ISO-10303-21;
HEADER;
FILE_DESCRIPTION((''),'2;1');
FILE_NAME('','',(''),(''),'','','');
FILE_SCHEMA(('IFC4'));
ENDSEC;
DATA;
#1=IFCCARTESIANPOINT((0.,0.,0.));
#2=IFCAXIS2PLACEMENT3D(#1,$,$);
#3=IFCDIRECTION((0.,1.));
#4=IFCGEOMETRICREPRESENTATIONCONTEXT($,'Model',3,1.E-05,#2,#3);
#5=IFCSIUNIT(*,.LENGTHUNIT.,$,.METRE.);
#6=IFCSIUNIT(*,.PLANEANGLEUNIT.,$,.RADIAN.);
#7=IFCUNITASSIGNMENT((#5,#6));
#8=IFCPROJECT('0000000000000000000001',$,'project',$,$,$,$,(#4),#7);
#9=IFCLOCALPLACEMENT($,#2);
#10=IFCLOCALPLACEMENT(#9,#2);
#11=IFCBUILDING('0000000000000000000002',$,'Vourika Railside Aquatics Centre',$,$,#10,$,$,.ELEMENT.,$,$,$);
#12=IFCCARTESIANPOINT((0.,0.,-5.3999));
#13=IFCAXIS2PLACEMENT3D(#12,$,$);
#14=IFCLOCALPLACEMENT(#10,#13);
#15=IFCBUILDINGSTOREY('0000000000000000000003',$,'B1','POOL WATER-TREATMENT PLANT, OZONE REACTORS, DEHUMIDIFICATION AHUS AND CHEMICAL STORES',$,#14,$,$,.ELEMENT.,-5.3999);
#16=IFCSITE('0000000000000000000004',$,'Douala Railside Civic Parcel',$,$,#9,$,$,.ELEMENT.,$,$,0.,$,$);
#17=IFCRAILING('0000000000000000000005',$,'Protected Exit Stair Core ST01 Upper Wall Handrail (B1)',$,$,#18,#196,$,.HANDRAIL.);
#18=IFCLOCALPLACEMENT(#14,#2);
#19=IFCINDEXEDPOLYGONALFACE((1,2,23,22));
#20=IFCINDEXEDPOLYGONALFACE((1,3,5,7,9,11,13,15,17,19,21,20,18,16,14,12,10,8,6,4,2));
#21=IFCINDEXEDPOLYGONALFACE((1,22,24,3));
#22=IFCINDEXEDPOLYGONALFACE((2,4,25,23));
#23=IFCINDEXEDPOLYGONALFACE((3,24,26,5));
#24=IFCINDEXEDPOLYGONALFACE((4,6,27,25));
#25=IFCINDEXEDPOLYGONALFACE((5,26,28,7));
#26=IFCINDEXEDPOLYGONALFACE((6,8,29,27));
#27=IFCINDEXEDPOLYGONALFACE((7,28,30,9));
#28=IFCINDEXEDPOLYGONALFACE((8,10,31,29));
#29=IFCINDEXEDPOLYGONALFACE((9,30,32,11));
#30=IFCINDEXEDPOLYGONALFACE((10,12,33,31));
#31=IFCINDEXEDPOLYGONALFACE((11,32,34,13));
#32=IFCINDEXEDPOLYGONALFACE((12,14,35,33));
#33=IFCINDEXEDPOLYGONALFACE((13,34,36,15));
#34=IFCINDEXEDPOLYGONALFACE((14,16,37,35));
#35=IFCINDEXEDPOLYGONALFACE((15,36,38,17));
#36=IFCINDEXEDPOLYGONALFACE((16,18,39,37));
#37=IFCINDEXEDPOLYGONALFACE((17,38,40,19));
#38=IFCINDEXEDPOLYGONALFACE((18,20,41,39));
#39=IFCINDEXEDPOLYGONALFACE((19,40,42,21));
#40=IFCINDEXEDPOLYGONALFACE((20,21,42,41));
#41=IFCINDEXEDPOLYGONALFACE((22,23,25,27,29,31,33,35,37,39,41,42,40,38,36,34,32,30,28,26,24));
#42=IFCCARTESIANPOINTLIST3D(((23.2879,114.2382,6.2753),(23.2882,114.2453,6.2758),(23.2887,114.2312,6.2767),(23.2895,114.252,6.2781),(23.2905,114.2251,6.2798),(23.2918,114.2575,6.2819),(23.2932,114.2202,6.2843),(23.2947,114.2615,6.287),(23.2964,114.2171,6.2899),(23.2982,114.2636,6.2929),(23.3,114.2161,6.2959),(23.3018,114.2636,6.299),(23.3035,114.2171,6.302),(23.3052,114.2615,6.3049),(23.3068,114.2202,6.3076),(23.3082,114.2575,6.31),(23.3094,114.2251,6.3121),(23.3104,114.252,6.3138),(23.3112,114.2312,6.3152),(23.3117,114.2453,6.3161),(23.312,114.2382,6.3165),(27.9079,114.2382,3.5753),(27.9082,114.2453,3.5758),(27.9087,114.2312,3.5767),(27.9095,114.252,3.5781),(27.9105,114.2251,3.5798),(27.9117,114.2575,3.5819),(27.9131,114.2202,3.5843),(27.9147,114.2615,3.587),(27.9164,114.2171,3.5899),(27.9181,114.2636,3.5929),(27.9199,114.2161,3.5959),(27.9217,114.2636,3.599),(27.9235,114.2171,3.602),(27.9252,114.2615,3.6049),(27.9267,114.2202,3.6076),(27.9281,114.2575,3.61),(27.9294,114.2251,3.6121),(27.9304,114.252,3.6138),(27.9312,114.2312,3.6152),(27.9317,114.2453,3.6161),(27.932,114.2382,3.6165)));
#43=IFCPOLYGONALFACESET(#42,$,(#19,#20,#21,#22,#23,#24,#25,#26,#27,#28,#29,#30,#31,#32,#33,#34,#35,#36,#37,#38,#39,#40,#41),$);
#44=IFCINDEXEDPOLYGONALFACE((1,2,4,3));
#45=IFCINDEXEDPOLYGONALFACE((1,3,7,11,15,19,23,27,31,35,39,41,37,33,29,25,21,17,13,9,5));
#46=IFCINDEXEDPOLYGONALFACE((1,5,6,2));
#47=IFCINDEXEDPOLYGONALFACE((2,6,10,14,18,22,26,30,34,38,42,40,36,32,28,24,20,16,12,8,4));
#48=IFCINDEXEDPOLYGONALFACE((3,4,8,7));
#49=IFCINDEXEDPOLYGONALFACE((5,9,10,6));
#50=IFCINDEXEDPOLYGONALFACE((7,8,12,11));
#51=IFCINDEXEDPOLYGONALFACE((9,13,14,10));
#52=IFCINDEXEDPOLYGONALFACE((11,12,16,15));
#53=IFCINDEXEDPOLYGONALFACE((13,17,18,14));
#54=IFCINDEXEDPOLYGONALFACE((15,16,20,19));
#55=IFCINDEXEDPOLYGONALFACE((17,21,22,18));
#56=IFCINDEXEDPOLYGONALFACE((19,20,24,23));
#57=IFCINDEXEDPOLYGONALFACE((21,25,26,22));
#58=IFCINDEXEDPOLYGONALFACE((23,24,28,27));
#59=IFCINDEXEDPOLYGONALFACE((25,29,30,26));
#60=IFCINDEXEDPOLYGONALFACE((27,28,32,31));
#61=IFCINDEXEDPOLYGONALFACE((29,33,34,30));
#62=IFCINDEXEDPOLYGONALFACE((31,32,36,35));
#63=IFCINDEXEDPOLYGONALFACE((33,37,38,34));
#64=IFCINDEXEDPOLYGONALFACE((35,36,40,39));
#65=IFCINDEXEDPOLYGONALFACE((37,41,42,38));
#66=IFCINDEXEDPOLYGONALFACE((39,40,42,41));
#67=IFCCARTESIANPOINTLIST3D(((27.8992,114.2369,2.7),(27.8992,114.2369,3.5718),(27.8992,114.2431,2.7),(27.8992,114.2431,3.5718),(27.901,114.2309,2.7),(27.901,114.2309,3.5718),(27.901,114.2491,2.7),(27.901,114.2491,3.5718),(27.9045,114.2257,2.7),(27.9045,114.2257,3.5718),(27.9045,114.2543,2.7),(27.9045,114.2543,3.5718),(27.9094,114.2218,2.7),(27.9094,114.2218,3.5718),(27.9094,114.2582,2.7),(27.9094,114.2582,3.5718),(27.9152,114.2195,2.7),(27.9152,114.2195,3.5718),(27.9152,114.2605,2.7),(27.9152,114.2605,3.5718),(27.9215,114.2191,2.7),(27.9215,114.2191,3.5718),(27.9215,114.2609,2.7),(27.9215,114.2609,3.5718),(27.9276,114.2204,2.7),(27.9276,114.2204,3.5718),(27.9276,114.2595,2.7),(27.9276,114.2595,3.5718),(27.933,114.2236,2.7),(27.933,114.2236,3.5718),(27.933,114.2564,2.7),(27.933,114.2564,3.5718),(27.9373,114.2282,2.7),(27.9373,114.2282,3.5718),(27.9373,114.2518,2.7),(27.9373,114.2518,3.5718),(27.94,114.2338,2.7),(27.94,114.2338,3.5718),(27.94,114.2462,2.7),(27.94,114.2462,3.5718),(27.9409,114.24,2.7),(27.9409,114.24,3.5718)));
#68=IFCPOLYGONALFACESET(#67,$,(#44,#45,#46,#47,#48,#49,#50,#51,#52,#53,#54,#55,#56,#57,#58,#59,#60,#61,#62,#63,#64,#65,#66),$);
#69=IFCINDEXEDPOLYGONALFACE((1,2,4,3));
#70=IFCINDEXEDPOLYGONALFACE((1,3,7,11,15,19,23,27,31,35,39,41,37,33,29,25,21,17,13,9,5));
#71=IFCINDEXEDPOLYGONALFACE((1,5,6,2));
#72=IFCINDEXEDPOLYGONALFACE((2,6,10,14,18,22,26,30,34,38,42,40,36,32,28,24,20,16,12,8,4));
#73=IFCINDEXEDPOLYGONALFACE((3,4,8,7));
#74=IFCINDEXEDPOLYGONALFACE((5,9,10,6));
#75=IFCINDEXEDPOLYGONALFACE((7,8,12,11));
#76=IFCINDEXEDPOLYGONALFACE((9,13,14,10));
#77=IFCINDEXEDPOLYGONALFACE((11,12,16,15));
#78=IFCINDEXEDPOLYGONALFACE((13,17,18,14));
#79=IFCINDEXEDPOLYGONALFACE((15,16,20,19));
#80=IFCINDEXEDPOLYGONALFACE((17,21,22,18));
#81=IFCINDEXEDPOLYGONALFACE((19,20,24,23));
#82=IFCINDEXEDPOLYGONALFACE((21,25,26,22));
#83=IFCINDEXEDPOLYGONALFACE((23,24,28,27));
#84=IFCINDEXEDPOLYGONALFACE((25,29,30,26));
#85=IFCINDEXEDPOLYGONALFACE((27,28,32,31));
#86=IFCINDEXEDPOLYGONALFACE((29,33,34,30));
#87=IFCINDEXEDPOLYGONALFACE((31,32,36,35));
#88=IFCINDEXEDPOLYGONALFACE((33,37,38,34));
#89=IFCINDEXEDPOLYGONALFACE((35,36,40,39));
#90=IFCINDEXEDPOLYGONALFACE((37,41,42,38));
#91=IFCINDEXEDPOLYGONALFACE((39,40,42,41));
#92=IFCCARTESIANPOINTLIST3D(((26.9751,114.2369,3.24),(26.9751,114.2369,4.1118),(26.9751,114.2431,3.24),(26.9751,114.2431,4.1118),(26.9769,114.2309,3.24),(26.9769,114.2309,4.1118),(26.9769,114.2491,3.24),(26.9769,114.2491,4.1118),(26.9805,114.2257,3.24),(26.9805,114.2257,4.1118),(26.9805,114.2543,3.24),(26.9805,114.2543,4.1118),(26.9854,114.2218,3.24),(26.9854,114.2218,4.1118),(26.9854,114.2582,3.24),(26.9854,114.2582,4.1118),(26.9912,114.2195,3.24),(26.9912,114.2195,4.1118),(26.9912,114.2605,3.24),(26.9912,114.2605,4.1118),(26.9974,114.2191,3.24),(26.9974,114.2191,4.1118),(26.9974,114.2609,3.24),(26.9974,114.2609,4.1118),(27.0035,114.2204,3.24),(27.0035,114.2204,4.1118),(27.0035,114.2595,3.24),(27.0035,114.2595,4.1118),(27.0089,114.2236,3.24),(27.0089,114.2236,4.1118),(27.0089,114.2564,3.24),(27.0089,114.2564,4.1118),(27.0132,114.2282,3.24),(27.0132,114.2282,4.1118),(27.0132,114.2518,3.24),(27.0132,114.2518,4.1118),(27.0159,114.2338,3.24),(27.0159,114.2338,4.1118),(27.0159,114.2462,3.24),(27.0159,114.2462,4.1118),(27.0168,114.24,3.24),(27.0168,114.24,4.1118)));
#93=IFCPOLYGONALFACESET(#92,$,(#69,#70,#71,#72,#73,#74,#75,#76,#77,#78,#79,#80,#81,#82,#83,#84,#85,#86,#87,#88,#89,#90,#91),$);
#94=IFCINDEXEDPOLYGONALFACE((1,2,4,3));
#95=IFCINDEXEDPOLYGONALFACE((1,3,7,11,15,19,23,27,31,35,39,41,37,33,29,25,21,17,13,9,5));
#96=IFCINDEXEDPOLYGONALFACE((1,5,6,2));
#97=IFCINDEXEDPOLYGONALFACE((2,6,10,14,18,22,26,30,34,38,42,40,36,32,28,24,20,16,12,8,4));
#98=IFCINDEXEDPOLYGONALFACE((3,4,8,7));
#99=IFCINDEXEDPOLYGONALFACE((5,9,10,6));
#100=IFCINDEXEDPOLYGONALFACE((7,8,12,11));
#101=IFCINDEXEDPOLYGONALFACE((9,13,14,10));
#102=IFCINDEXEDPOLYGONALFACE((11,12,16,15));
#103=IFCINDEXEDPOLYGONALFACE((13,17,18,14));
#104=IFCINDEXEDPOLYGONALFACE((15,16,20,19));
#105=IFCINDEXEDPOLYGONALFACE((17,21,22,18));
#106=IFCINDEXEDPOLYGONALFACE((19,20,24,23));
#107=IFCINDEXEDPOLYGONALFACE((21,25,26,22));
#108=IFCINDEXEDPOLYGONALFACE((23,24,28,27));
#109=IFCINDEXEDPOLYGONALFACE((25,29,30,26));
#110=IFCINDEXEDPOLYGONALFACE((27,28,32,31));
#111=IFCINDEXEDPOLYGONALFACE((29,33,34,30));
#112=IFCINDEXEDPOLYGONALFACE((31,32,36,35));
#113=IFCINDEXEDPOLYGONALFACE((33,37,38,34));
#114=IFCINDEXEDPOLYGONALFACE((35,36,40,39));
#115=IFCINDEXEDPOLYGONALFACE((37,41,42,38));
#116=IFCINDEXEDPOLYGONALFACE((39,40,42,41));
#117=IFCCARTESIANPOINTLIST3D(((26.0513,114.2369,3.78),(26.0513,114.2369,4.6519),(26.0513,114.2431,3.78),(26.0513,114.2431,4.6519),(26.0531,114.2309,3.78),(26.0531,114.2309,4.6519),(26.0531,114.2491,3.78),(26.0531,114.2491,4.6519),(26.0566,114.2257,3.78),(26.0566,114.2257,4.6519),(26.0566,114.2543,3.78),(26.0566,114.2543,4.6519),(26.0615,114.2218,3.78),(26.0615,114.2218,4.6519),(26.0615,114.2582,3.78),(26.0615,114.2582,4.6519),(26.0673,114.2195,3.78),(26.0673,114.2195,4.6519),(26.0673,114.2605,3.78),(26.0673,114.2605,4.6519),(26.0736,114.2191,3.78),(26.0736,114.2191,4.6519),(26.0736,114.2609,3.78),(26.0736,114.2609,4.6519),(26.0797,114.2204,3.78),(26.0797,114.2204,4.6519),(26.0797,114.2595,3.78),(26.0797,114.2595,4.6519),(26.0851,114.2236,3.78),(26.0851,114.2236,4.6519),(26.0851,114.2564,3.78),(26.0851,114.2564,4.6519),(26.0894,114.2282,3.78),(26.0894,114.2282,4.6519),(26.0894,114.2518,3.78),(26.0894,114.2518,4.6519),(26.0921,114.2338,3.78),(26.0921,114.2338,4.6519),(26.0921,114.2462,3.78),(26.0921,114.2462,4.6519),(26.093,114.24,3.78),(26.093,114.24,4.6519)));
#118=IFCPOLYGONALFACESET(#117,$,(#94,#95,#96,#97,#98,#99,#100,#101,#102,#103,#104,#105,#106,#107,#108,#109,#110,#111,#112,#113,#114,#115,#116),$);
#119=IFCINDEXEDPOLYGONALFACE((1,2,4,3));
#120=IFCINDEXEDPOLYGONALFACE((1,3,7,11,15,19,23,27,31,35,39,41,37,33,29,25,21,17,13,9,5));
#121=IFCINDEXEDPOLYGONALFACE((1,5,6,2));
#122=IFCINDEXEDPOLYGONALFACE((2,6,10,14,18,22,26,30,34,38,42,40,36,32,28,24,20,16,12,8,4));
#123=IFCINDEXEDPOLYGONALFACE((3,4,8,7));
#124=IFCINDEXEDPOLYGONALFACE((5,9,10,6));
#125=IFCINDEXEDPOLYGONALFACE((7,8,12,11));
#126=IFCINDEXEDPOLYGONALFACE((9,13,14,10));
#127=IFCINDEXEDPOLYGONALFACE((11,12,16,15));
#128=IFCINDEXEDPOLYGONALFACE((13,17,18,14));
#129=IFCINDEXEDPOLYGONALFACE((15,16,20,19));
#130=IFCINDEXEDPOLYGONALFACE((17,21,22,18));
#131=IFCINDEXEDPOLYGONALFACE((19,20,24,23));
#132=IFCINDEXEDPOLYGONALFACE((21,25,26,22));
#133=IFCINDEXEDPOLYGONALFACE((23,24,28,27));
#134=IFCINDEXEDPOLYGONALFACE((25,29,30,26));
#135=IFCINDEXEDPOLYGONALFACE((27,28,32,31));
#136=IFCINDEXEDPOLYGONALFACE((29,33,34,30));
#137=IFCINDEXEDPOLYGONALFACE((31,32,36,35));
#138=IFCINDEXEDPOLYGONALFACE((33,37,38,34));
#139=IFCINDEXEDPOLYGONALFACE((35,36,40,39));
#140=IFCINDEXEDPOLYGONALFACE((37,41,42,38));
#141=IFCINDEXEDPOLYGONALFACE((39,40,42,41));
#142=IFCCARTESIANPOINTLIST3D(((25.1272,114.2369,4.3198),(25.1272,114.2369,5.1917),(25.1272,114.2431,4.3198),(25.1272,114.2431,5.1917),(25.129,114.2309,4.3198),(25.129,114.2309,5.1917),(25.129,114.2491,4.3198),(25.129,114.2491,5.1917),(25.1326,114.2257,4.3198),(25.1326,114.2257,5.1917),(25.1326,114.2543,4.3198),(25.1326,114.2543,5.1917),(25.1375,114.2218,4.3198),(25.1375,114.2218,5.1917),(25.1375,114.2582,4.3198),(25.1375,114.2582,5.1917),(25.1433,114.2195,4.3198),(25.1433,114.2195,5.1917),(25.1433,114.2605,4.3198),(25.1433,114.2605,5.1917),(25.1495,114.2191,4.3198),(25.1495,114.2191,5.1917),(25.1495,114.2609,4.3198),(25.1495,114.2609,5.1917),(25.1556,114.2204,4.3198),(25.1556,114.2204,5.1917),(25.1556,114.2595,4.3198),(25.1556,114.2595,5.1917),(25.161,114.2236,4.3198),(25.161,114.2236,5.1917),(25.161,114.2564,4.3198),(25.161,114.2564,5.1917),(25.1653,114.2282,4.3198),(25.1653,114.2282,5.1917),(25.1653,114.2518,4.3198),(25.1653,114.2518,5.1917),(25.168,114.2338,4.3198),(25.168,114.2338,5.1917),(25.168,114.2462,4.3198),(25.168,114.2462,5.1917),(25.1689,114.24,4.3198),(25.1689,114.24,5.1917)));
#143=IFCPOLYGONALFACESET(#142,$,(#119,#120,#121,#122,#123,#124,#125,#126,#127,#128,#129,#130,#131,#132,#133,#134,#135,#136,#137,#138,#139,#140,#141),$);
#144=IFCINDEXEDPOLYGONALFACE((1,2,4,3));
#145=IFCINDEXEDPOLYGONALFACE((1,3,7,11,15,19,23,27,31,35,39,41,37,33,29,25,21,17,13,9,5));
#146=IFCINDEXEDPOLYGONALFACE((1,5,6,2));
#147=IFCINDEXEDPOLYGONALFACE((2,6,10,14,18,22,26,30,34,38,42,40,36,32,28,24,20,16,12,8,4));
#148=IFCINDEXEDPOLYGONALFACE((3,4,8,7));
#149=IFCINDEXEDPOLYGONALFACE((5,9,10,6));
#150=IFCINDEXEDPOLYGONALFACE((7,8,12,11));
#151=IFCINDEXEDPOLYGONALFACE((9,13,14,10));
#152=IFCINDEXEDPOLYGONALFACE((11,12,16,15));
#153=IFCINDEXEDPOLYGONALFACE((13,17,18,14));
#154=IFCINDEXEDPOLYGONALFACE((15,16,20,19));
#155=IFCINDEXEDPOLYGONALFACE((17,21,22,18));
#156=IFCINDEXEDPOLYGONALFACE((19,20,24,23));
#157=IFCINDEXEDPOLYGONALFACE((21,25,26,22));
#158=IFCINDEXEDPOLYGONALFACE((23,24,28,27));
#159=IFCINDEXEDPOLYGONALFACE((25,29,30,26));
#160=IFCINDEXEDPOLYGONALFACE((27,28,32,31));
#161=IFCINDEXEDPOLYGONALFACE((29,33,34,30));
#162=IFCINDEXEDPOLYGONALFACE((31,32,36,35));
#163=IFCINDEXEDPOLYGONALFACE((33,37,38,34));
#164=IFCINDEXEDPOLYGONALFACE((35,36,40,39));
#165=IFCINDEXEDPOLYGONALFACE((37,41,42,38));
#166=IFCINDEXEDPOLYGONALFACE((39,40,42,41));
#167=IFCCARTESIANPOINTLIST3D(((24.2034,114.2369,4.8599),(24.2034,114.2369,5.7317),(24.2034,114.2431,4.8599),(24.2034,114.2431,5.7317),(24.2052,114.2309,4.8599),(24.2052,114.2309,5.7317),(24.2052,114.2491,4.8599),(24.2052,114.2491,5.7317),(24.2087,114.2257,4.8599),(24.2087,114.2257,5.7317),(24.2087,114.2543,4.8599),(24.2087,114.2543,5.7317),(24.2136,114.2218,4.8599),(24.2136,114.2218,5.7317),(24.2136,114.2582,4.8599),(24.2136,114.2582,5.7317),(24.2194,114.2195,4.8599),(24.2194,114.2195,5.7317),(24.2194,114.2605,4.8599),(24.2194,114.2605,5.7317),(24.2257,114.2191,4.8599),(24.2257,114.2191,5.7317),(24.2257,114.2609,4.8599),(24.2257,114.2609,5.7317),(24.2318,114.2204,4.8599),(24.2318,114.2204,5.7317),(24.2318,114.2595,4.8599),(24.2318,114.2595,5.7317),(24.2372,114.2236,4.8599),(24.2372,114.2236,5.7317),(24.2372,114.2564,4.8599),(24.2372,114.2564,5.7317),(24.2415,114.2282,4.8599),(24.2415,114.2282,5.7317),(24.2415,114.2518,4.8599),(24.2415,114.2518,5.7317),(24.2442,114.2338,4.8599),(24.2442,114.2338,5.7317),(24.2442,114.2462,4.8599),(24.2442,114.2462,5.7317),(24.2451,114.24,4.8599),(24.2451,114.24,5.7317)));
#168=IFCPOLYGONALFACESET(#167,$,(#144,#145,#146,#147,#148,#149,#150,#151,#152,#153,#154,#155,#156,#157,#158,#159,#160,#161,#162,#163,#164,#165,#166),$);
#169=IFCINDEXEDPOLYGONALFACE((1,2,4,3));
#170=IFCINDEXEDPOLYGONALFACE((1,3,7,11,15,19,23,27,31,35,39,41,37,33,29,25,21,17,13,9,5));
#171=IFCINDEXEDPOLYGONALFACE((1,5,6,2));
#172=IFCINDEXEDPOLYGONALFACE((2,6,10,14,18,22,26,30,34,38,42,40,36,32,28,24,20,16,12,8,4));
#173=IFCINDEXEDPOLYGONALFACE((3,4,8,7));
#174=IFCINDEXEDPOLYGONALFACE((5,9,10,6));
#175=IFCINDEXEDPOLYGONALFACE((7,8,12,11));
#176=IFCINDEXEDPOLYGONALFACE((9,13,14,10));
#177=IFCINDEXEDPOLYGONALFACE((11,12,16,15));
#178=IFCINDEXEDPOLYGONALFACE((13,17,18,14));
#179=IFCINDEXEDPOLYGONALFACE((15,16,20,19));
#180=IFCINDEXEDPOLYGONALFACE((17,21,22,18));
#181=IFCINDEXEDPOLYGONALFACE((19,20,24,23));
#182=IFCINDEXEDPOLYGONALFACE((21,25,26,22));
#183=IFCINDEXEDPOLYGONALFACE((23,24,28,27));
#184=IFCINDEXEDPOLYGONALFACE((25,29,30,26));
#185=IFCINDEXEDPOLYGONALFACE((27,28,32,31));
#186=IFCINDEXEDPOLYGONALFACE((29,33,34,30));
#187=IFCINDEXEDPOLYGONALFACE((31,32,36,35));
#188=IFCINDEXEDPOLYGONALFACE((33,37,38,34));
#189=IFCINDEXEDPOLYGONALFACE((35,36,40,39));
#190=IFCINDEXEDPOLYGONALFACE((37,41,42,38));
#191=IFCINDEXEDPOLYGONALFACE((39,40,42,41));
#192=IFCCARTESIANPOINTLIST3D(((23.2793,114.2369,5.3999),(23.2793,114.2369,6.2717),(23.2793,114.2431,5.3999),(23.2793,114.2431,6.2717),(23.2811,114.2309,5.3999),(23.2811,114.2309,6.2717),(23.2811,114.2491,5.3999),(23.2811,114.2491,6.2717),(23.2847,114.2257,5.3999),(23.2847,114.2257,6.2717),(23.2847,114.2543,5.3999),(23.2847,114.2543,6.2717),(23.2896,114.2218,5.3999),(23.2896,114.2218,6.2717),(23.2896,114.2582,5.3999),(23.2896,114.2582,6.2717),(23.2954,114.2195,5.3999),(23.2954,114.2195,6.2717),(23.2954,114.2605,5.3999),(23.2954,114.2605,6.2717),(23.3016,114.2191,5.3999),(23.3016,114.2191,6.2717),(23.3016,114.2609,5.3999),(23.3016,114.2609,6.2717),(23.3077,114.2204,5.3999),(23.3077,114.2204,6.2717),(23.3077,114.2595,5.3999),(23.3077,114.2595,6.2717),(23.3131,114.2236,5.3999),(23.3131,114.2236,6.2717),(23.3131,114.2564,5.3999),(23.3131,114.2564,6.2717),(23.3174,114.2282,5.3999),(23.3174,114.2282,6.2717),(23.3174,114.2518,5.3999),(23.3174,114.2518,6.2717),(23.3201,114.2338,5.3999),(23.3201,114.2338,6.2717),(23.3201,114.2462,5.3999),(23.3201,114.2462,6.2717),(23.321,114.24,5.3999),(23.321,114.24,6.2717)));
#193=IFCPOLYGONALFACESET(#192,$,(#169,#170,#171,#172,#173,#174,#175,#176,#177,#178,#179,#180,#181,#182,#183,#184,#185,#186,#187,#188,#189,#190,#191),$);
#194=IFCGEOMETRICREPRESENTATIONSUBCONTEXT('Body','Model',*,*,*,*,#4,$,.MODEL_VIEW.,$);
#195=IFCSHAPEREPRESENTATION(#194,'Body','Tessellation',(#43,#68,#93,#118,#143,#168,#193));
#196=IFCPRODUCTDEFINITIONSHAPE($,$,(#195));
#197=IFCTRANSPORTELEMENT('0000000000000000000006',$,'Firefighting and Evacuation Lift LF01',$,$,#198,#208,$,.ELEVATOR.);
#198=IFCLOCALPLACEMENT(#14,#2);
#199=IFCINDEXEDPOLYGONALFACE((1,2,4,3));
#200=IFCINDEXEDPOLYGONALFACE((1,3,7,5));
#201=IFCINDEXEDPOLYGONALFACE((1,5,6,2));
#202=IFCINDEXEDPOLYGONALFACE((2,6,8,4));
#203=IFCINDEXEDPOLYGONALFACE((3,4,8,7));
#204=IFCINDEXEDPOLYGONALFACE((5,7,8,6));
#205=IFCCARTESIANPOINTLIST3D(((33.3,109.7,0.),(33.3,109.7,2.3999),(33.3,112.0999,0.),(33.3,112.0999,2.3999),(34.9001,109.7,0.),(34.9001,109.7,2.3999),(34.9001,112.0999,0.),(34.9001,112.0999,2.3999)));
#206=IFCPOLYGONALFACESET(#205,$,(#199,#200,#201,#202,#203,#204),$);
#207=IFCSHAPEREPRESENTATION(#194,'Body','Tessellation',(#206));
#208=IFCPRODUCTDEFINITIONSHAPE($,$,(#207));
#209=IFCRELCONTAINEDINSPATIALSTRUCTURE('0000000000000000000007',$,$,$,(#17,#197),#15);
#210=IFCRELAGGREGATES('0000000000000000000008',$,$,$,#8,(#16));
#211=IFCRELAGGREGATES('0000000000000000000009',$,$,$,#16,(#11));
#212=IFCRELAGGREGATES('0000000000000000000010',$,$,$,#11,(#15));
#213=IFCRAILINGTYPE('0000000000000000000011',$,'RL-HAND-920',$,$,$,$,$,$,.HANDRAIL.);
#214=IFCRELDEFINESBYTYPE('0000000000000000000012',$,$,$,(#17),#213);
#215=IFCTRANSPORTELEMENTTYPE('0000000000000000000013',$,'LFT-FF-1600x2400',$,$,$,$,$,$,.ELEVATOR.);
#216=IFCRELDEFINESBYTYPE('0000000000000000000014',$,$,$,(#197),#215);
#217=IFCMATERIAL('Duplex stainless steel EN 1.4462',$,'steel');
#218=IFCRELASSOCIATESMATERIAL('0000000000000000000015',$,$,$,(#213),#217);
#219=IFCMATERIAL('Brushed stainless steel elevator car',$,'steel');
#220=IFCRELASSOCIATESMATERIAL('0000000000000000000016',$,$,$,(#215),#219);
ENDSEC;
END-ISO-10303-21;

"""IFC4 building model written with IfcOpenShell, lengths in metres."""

from ifc_helpers import new_model, si_unit, direction, frame, origin, origin_2d, place, context, subcontext, project, spatial, rectangle, circle, extrude, material, type_object, element, save


model = new_model("IFC4")

# Units and contexts
model_context = context("Model", 3, precision=1e-05, world=origin(), true_north=direction((0.0, 1.0)))
body_context = subcontext(model_context, "Body", "Model", "MODEL_VIEW")
ifc_project = project(units=[si_unit("LENGTHUNIT", "METRE"), si_unit("PLANEANGLEUNIT", "RADIAN")], contexts=[model_context])

# Site, building, storey
site_placement = place(None, origin())
site = spatial("IfcSite", under=ifc_project, at=site_placement, Name="Douala Railside Civic Parcel", CompositionType="ELEMENT", RefElevation=0.0)
building_placement = place(site_placement, origin())
building = spatial("IfcBuilding", under=site, at=building_placement, Name="Vourika Railside Aquatics Centre", CompositionType="ELEMENT")
storey_placement = place(building_placement, frame((0.0, 0.0, -5.3999)))
storey = spatial("IfcBuildingStorey", under=building, at=storey_placement, Name="B1", Description="POOL WATER-TREATMENT PLANT, OZONE REACTORS, DEHUMIDIFICATION AHUS AND CHEMICAL STORES", CompositionType="ELEMENT", Elevation=-5.3999)

# Railing
ifc_material_1 = material(Name="Duplex stainless steel EN 1.4462", Category="steel")
railing_type_1 = type_object("IfcRailingType", Name="RL-HAND-920", PredefinedType="HANDRAIL", material=ifc_material_1)
railing_1_placement = place(storey_placement, frame((27.9199, 114.24, 2.7)))
element("IfcRailing", 1, at=railing_1_placement, inside=storey, type_object=railing_type_1, Name="Protected Exit Stair Core ST01 Upper Wall Handrail (B1)", PredefinedType="HANDRAIL", context=body_context, shape_type="SweptSolid", body=[
    extrude(circle(Radius=0.0239, at=origin_2d()), frame((0.0, 0.0, 0.896), z_axis=(-0.86337, 0.0, 0.504572), x_axis=(0.0, -1.0, 0.0)), (0.0, 0.0, 1.0), 5.3511),
    extrude(circle(Radius=0.021, at=origin_2d()), origin(), (0.0, 0.0, 1.0), 0.8718),
    extrude(circle(Radius=0.021, at=origin_2d()), frame((-0.9241, 0.0, 0.54)), (0.0, 0.0, 1.0), 0.8718),
    extrude(circle(Radius=0.021, at=origin_2d()), frame((-1.8479, 0.0, 1.0801)), (0.0, 0.0, 1.0), 0.8718),
    extrude(circle(Radius=0.021, at=origin_2d()), frame((-2.772, 0.0, 1.6199)), (0.0, 0.0, 1.0), 0.8718),
    extrude(circle(Radius=0.021, at=origin_2d()), frame((-3.6958, 0.0, 2.1599)), (0.0, 0.0, 1.0), 0.8718),
    extrude(circle(Radius=0.021, at=origin_2d()), frame((-4.6199, 0.0, 2.7)), (0.0, 0.0, 1.0), 0.8718),
])

# Transport element
ifc_material_2 = material(Name="Brushed stainless steel elevator car", Category="steel")
transport_element_type = type_object("IfcTransportElementType", Name="LFT-FF-1600x2400", PredefinedType="ELEVATOR", material=ifc_material_2)
transport_element_placement = place(storey_placement, frame((34.1001, 110.8999, 0.0), z_axis=(0.0, 0.0, 1.0), x_axis=(1.0, 0.0, 0.0)))
element("IfcTransportElement", 2, at=transport_element_placement, inside=storey, type_object=transport_element_type, Name="Firefighting and Evacuation Lift LF01", PredefinedType="ELEVATOR", context=body_context, shape_type="SweptSolid", body=[
    extrude(rectangle(XDim=1.6001, YDim=2.3999, at=origin_2d()), origin(), (0.0, 0.0, 1.0), 2.3999),
])

save(model, "model.ifc")
